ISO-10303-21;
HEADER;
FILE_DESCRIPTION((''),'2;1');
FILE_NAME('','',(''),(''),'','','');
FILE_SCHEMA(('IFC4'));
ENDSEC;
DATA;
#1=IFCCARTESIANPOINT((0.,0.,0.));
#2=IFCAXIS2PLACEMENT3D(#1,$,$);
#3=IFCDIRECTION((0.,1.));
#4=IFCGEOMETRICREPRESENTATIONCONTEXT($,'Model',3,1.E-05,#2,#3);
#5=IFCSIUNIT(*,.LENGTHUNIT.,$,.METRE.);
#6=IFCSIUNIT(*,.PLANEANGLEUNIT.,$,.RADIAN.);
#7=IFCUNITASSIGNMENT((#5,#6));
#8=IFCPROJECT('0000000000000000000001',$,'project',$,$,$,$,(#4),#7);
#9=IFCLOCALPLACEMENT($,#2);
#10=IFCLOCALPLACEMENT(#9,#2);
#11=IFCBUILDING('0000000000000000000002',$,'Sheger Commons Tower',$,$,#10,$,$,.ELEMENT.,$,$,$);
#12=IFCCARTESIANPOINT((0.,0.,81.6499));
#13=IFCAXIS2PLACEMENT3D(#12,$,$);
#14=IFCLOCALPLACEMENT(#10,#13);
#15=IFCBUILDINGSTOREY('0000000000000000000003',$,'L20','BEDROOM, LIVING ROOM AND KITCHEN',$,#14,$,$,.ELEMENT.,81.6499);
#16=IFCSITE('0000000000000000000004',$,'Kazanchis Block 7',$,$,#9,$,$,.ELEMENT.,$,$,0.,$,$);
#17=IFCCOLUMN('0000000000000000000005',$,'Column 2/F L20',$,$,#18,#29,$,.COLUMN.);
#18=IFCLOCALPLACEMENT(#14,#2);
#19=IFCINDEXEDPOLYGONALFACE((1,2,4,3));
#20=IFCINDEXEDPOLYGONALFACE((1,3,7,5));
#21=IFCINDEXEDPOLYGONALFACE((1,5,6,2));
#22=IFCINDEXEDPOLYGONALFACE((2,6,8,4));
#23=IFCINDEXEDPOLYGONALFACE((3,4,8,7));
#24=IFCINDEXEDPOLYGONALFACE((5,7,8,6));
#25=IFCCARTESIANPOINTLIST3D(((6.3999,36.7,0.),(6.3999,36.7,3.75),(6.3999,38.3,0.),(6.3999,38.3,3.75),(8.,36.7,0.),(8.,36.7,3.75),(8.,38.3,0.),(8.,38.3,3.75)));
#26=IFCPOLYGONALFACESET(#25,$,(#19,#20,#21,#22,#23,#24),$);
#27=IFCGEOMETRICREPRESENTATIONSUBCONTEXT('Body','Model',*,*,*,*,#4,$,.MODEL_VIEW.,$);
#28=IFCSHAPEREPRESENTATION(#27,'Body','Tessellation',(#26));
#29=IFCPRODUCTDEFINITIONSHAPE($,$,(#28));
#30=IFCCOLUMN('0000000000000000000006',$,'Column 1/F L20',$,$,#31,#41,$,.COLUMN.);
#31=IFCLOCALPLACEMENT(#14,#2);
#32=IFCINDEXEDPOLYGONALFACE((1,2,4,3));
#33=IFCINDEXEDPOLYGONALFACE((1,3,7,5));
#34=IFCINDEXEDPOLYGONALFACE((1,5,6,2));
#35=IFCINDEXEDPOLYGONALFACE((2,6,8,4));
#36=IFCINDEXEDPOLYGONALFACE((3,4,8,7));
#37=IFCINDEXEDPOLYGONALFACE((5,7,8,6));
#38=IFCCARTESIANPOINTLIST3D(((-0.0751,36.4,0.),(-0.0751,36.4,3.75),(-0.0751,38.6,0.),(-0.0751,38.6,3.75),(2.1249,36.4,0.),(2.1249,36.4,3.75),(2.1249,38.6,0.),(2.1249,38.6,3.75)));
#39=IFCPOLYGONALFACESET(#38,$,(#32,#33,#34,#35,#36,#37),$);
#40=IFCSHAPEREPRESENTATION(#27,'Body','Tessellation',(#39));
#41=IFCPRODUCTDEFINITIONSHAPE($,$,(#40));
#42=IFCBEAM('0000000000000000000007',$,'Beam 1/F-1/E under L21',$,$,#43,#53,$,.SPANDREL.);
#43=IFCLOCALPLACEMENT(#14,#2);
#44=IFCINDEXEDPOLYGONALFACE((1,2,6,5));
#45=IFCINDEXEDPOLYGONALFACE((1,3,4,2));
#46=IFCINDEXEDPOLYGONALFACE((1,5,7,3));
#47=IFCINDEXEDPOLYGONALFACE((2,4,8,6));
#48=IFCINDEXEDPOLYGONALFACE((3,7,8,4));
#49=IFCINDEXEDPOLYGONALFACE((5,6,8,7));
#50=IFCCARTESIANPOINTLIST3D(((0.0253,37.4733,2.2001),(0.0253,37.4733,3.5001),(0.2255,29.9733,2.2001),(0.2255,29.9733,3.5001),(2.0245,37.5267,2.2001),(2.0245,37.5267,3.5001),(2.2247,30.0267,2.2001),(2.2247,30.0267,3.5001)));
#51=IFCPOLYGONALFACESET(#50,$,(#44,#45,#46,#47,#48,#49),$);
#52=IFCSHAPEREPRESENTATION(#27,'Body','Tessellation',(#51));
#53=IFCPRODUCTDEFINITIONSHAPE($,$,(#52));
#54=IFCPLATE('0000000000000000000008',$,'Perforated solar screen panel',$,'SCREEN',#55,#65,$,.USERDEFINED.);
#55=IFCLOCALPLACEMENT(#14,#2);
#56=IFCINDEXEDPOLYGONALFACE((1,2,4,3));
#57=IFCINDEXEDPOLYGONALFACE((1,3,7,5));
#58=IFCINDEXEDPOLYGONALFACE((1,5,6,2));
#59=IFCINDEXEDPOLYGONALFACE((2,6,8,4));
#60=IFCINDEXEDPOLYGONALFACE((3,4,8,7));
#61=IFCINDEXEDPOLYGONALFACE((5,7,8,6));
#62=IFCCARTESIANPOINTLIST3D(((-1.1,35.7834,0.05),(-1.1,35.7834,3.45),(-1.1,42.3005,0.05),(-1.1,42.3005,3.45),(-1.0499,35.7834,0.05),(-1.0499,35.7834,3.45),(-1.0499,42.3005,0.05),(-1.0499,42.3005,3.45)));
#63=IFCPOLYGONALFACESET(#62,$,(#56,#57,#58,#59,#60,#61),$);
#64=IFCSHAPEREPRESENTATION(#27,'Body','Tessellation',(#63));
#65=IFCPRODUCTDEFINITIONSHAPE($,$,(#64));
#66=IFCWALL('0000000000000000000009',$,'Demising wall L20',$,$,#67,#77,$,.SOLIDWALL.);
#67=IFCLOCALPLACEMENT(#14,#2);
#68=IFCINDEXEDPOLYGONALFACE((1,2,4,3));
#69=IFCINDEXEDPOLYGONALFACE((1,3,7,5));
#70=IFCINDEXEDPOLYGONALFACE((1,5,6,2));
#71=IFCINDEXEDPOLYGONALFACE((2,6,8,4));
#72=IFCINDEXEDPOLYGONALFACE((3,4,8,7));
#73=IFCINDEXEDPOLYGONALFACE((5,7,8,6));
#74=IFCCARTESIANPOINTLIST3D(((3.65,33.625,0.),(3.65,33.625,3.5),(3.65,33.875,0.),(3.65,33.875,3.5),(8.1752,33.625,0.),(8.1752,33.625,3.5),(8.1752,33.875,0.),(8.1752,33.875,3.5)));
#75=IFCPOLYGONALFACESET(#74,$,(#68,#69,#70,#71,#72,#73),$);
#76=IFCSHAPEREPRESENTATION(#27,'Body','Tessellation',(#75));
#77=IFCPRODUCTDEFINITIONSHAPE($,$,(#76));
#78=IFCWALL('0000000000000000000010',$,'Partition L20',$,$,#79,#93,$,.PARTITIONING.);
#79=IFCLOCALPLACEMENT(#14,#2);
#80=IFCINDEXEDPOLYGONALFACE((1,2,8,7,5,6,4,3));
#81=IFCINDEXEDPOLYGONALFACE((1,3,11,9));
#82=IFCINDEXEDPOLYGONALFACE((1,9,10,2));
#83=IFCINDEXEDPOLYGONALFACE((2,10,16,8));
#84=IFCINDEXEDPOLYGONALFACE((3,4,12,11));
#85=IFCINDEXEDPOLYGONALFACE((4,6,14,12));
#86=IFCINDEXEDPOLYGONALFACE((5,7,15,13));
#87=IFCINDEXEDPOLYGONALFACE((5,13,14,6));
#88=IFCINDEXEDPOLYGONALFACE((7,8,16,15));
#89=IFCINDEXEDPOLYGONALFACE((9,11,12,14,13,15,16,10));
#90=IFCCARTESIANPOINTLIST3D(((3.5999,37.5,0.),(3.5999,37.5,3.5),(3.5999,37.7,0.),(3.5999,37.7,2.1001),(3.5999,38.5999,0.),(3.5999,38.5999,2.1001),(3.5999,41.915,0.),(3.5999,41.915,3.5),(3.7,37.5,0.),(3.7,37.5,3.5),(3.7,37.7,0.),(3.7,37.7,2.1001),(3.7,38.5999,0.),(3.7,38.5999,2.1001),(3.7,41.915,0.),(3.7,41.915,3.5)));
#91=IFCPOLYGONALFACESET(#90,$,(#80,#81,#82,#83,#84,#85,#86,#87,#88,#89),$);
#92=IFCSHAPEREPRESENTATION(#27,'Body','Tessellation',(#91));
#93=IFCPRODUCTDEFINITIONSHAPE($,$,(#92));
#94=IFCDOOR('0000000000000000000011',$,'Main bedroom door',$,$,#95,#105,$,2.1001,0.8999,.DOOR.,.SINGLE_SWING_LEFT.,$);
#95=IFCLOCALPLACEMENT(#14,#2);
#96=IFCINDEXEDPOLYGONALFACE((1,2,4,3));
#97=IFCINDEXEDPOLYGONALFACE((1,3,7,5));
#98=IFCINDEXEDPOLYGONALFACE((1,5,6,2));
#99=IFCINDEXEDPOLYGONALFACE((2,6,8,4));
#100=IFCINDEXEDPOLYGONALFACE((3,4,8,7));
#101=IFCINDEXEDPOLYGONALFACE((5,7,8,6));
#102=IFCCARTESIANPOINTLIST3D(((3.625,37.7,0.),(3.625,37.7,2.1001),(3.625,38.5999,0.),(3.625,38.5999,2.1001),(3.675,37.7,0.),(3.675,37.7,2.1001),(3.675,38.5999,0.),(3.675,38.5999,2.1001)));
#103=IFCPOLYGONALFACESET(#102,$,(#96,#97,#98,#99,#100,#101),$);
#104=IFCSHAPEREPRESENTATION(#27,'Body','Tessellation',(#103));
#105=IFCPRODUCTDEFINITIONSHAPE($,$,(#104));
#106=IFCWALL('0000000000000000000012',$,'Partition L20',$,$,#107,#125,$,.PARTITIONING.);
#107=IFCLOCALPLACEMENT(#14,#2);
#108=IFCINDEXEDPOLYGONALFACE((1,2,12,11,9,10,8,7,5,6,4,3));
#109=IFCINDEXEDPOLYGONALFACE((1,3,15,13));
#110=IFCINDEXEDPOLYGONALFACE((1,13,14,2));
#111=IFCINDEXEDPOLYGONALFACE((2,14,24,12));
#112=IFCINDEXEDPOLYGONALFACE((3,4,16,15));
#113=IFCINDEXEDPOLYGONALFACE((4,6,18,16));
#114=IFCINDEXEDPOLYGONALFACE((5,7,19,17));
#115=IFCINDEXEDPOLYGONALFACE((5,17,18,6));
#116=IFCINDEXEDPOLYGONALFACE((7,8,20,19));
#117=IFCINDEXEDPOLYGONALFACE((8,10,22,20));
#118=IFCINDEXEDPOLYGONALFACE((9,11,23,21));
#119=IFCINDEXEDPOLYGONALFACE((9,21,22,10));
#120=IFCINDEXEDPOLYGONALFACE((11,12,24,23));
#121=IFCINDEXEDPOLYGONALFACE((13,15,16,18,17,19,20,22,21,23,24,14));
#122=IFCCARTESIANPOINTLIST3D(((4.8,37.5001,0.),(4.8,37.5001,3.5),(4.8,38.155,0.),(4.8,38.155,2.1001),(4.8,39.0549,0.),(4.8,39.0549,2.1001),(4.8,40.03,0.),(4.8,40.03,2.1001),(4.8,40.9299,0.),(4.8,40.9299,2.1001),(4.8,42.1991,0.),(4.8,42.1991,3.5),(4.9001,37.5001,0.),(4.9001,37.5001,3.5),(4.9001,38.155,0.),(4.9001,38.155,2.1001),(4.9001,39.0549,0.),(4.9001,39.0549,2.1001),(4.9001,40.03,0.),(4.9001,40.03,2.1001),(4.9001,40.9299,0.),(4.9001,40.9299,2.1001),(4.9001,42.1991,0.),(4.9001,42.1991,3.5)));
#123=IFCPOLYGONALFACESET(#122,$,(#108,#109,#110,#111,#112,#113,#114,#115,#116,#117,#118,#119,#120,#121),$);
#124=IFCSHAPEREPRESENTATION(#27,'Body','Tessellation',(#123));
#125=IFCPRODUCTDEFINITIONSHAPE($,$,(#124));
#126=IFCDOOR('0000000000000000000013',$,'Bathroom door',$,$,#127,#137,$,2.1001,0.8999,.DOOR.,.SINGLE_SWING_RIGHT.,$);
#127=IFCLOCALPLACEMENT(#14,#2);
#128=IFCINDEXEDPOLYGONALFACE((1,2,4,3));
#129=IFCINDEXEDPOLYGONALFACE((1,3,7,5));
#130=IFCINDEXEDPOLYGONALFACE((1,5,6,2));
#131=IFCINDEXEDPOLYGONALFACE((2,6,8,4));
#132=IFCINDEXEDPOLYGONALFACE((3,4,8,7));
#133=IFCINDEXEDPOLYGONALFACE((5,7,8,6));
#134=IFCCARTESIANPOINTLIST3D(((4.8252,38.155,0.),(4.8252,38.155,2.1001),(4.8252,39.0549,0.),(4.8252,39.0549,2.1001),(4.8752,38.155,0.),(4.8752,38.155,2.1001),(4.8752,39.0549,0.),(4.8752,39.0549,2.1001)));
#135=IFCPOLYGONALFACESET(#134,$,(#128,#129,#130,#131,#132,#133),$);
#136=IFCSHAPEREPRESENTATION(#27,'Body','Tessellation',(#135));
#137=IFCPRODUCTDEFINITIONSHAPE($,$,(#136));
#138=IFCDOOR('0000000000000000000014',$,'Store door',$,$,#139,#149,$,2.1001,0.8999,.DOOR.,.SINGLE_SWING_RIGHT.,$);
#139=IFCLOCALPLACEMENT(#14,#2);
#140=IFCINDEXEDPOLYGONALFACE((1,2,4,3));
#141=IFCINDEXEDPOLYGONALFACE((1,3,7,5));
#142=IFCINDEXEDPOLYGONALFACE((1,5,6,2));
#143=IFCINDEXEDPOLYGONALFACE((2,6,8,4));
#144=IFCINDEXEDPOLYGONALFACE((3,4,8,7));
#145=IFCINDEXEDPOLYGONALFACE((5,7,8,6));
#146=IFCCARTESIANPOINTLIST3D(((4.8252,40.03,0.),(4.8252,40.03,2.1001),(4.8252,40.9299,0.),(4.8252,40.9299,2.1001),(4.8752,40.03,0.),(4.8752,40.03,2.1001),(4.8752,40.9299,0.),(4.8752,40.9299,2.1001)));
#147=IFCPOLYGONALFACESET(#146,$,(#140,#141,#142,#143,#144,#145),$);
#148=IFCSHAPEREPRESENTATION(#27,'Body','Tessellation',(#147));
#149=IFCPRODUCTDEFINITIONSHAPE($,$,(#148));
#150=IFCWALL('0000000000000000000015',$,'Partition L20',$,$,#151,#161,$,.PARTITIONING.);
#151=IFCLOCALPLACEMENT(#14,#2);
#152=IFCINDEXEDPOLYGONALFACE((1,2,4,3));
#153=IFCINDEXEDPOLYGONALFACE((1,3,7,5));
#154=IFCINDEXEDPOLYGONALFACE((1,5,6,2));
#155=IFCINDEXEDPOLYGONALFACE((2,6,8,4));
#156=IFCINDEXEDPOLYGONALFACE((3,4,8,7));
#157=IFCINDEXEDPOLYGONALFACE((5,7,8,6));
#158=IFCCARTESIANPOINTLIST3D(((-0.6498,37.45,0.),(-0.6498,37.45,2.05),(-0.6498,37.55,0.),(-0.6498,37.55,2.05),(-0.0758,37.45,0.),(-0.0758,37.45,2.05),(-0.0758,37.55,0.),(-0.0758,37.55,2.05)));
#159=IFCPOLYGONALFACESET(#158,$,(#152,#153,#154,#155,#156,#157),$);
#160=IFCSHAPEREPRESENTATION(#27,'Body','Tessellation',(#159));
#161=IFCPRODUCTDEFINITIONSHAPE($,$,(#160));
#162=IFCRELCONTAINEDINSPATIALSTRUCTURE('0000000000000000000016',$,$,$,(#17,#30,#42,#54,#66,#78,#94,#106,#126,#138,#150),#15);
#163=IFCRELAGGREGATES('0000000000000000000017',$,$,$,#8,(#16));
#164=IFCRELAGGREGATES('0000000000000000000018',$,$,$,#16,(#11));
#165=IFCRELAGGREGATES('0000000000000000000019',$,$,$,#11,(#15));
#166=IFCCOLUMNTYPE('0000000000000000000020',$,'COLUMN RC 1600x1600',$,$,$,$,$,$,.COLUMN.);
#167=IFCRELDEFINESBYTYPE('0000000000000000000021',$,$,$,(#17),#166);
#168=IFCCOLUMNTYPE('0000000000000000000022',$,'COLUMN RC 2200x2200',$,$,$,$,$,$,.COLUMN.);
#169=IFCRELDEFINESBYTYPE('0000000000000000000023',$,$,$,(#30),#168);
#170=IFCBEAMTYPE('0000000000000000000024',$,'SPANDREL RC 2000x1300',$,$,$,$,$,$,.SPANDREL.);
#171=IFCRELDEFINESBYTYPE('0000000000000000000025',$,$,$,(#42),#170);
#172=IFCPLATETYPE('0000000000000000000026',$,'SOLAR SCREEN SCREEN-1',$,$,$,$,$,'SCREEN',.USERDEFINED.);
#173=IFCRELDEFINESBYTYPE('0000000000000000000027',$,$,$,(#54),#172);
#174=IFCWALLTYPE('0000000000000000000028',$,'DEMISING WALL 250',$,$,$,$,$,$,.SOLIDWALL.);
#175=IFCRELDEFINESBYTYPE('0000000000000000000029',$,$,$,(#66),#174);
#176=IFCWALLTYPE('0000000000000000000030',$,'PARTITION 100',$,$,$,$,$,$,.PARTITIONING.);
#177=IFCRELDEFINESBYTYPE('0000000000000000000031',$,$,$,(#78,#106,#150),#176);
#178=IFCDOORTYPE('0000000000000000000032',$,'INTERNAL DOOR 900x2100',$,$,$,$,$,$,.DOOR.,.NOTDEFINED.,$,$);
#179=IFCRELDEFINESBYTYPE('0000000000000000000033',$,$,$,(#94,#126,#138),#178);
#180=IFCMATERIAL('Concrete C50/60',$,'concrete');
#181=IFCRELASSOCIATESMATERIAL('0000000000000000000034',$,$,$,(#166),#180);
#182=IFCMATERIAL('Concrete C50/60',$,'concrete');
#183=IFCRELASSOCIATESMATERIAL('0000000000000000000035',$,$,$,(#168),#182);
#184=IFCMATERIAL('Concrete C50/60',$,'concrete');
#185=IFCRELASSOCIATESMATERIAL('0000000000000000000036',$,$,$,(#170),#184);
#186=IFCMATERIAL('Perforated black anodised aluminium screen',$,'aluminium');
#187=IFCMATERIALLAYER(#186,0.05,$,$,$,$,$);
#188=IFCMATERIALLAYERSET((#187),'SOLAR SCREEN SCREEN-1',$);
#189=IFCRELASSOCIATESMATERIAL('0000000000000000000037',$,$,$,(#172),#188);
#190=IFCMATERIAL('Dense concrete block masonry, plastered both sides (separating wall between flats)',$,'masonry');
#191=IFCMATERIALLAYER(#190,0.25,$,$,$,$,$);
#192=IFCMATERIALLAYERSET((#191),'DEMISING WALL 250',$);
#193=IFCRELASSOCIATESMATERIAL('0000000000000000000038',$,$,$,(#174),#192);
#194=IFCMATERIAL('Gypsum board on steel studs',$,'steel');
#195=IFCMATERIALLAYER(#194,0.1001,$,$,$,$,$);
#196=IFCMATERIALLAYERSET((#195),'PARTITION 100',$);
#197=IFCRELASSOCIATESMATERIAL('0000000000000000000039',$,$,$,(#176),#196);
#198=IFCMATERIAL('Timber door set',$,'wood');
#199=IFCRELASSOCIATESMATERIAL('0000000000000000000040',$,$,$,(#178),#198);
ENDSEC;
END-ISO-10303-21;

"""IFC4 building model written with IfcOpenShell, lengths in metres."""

from ifc_helpers import new_model, si_unit, direction, frame, frame_2d, origin, origin_2d, place, context, subcontext, project, spatial, rectangle, extrude, material, layer, layer_set, material_profile, profile_set, type_object, element, fill, save


model = new_model("IFC4")

# Units and contexts
model_context = context("Model", 3, precision=1e-05, world=origin(), true_north=direction((0.0, 1.0)))
body_context = subcontext(model_context, "Body", "Model", "MODEL_VIEW")
ifc_project = project(units=[si_unit("LENGTHUNIT", "METRE"), si_unit("PLANEANGLEUNIT", "RADIAN")], contexts=[model_context])

# Site, building, storey
site_placement = place(None, origin())
site = spatial("IfcSite", under=ifc_project, at=site_placement, Name="Kazanchis Block 7", CompositionType="ELEMENT", RefElevation=0.0)
building_placement = place(site_placement, origin())
building = spatial("IfcBuilding", under=site, at=building_placement, Name="Sheger Commons Tower", CompositionType="ELEMENT")
storey_placement = place(building_placement, frame((0.0, 0.0, 81.6499)))
storey = spatial("IfcBuildingStorey", under=building, at=storey_placement, Name="L20", Description="BEDROOM, LIVING ROOM AND KITCHEN", CompositionType="ELEMENT", Elevation=81.6499)

# Columns
ifc_material_1 = material(Name="Concrete C50/60", Category="concrete")
ifc_material_profile_1 = material_profile(ifc_material_1, rectangle(XDim=1.6001, YDim=1.6001, at=origin_2d()), Name="RC 1600x1600")
ifc_profile_set_1 = profile_set([ifc_material_profile_1], Name="Concrete C50/60")
column_type_1 = type_object("IfcColumnType", Name="COLUMN RC 1600x1600", PredefinedType="COLUMN", material=ifc_profile_set_1)
column_1_placement = place(storey_placement, frame((7.2, 37.5, 0.0), z_axis=(0.0, 0.0, 1.0), x_axis=(1.0, 0.0, 0.0)))
element("IfcColumn", 1, at=column_1_placement, inside=storey, type_object=column_type_1, Name="Column 2/F L20", PredefinedType="COLUMN", context=body_context, shape_type="SweptSolid", body=[
    extrude(rectangle(XDim=1.6001, YDim=1.6001, at=origin_2d()), origin(), (0.0, 0.0, 1.0), 3.75),
])
ifc_material_2 = material(Name="Concrete C50/60", Category="concrete")
ifc_material_profile_2 = material_profile(ifc_material_2, rectangle(XDim=2.2, YDim=2.2, at=origin_2d()), Name="RC 2200x2200")
ifc_profile_set_2 = profile_set([ifc_material_profile_2], Name="Concrete C50/60")
column_type_2 = type_object("IfcColumnType", Name="COLUMN RC 2200x2200", PredefinedType="COLUMN", material=ifc_profile_set_2)
column_2_placement = place(storey_placement, frame((1.0249, 37.5, 0.0), z_axis=(0.0, 0.0, 1.0), x_axis=(1.0, 0.0, 0.0)))
element("IfcColumn", 2, at=column_2_placement, inside=storey, type_object=column_type_2, Name="Column 1/F L20", PredefinedType="COLUMN", context=body_context, shape_type="SweptSolid", body=[
    extrude(rectangle(XDim=2.2, YDim=2.2, at=origin_2d()), origin(), (0.0, 0.0, 1.0), 3.75),
])

# Beam
ifc_material_3 = material(Name="Concrete C50/60", Category="concrete")
ifc_material_profile_3 = material_profile(ifc_material_3, rectangle(XDim=2.0, YDim=1.3, at=origin_2d()), Name="RC 2000x1300")
ifc_profile_set_3 = profile_set([ifc_material_profile_3], Name="Concrete C50/60")
beam_type = type_object("IfcBeamType", Name="SPANDREL RC 2000x1300", PredefinedType="SPANDREL", material=ifc_profile_set_3)
beam_placement = place(storey_placement, frame((1.0249, 37.5, 2.8501), z_axis=(0.026683, -0.999644, 0.0), x_axis=(0.999644, 0.026683, 0.0)))
element("IfcBeam", 3, at=beam_placement, inside=storey, type_object=beam_type, Name="Beam 1/F-1/E under L21", PredefinedType="SPANDREL", context=body_context, shape_type="SweptSolid", body=[
    extrude(rectangle(XDim=2.0, YDim=1.3, at=origin_2d()), origin(), (0.0, 0.0, 1.0), 7.5027),
])

# Plate
ifc_material_4 = material(Name="Perforated black anodised aluminium screen", Category="aluminium")
ifc_layer_1 = layer(ifc_material_4, 0.05)
ifc_layer_set_1 = layer_set([ifc_layer_1], Name="SOLAR SCREEN SCREEN-1")
plate_type = type_object("IfcPlateType", Name="SOLAR SCREEN SCREEN-1", ElementType="SCREEN", PredefinedType="USERDEFINED", material=ifc_layer_set_1)
plate_placement = place(storey_placement, frame((-1.075, 39.042, 0.05), z_axis=(0.0, 0.0, 1.0), x_axis=(0.0, -1.0, 0.0)))
element("IfcPlate", 4, at=plate_placement, inside=storey, type_object=plate_type, Name="Perforated solar screen panel", ObjectType="SCREEN", PredefinedType="USERDEFINED", context=body_context, shape_type="SweptSolid", body=[
    extrude(rectangle(XDim=6.5171, YDim=0.05, at=origin_2d()), origin(), (0.0, 0.0, 1.0), 3.3999),
])

# Wall
ifc_material_5 = material(Name="Dense concrete block masonry, plastered both sides (separating wall between flats)", Category="masonry")
ifc_layer_2 = layer(ifc_material_5, 0.25)
ifc_layer_set_2 = layer_set([ifc_layer_2], Name="DEMISING WALL 250")
wall_type_1 = type_object("IfcWallType", Name="DEMISING WALL 250", PredefinedType="SOLIDWALL", material=ifc_layer_set_2)
wall_1_placement = place(storey_placement, frame((3.6499, 33.75, 0.0), z_axis=(0.0, 0.0, 1.0), x_axis=(1.0, 0.0, 0.0)))
element("IfcWall", 5, at=wall_1_placement, inside=storey, type_object=wall_type_1, Name="Demising wall L20", PredefinedType="SOLIDWALL", context=body_context, shape_type="SweptSolid", body=[
    extrude(rectangle(XDim=4.5251, YDim=0.25, at=frame_2d((2.2627, 0.0))), origin(), (0.0, 0.0, 1.0), 3.5),
])

# Wall, opening, door
ifc_material_6 = material(Name="Gypsum board on steel studs", Category="steel")
ifc_layer_3 = layer(ifc_material_6, 0.1001)
ifc_layer_set_3 = layer_set([ifc_layer_3], Name="PARTITION 100")
wall_type_2 = type_object("IfcWallType", Name="PARTITION 100", PredefinedType="PARTITIONING", material=ifc_layer_set_3)
wall_2_placement = place(storey_placement, frame((3.6499, 37.5, 0.0), z_axis=(0.0, 0.0, 1.0), x_axis=(0.0, 1.0, 0.0)))
wall_2 = element("IfcWall", 6, at=wall_2_placement, inside=storey, type_object=wall_type_2, Name="Partition L20", PredefinedType="PARTITIONING", context=body_context, shape_type="SweptSolid", body=[
    extrude(rectangle(XDim=4.415, YDim=0.1001, at=frame_2d((2.2075, 0.0))), origin(), (0.0, 0.0, 1.0), 3.5),
])
opening_1_placement = place(wall_2_placement, frame((0.2, 0.0, 0.0)))
opening_1 = element("IfcOpeningElement", 7, at=opening_1_placement, cuts=wall_2, PredefinedType="OPENING", context=body_context, shape_type="SweptSolid", body=[
    extrude(rectangle(XDim=0.8999, YDim=2.1001, at=frame_2d((0.45, 1.05))), frame((0.0, 0.0601, 0.0), z_axis=(0.0, -1.0, 0.0), x_axis=(1.0, 0.0, 0.0)), (0.0, 0.0, 1.0), 0.1201),
])
ifc_material_7 = material(Name="Timber door set", Category="wood")
door_type = type_object("IfcDoorType", Name="INTERNAL DOOR 900x2100", OperationType="NOTDEFINED", PredefinedType="DOOR", material=ifc_material_7)
door_1_placement = place(opening_1_placement, origin())
door_1 = element("IfcDoor", 8, at=door_1_placement, inside=storey, type_object=door_type, Name="Main bedroom door", OperationType="SINGLE_SWING_LEFT", OverallHeight=2.1001, OverallWidth=0.8999, PredefinedType="DOOR", context=body_context, shape_type="SweptSolid", body=[
    extrude(rectangle(XDim=0.8999, YDim=2.1001, at=frame_2d((0.45, 1.05))), frame((0.0, 0.0249, 0.0), z_axis=(0.0, -1.0, 0.0), x_axis=(1.0, 0.0, 0.0)), (0.0, 0.0, 1.0), 0.05),
])
fill(opening_1, door_1)

# Wall, openings, doors
wall_3_placement = place(storey_placement, frame((4.8501, 37.5, 0.0), z_axis=(0.0, 0.0, 1.0), x_axis=(0.0, 1.0, 0.0)))
wall_3 = element("IfcWall", 9, at=wall_3_placement, inside=storey, type_object=wall_type_2, Name="Partition L20", PredefinedType="PARTITIONING", context=body_context, shape_type="SweptSolid", body=[
    extrude(rectangle(XDim=4.699, YDim=0.1001, at=frame_2d((2.3496, 0.0))), origin(), (0.0, 0.0, 1.0), 3.5),
])
opening_2_placement = place(wall_3_placement, frame((0.655, 0.0, 0.0)))
opening_2 = element("IfcOpeningElement", 10, at=opening_2_placement, cuts=wall_3, PredefinedType="OPENING", context=body_context, shape_type="SweptSolid", body=[
    extrude(rectangle(XDim=0.8999, YDim=2.1001, at=frame_2d((0.45, 1.05))), frame((0.0, 0.0601, 0.0), z_axis=(0.0, -1.0, 0.0), x_axis=(1.0, 0.0, 0.0)), (0.0, 0.0, 1.0), 0.1201),
])
opening_3_placement = place(wall_3_placement, frame((2.53, 0.0, 0.0)))
opening_3 = element("IfcOpeningElement", 11, at=opening_3_placement, cuts=wall_3, PredefinedType="OPENING", context=body_context, shape_type="SweptSolid", body=[
    extrude(rectangle(XDim=0.8999, YDim=2.1001, at=frame_2d((0.45, 1.05))), frame((0.0, 0.0601, 0.0), z_axis=(0.0, -1.0, 0.0), x_axis=(1.0, 0.0, 0.0)), (0.0, 0.0, 1.0), 0.1201),
])
door_2_placement = place(opening_2_placement, origin())
door_2 = element("IfcDoor", 12, at=door_2_placement, inside=storey, type_object=door_type, Name="Bathroom door", OperationType="SINGLE_SWING_RIGHT", OverallHeight=2.1001, OverallWidth=0.8999, PredefinedType="DOOR", context=body_context, shape_type="SweptSolid", body=[
    extrude(rectangle(XDim=0.8999, YDim=2.1001, at=frame_2d((0.45, 1.05))), frame((0.0, 0.0249, 0.0), z_axis=(0.0, -1.0, 0.0), x_axis=(1.0, 0.0, 0.0)), (0.0, 0.0, 1.0), 0.05),
])
fill(opening_2, door_2)
door_3_placement = place(opening_3_placement, origin())
door_3 = element("IfcDoor", 13, at=door_3_placement, inside=storey, type_object=door_type, Name="Store door", OperationType="SINGLE_SWING_RIGHT", OverallHeight=2.1001, OverallWidth=0.8999, PredefinedType="DOOR", context=body_context, shape_type="SweptSolid", body=[
    extrude(rectangle(XDim=0.8999, YDim=2.1001, at=frame_2d((0.45, 1.05))), frame((0.0, 0.0249, 0.0), z_axis=(0.0, -1.0, 0.0), x_axis=(1.0, 0.0, 0.0)), (0.0, 0.0, 1.0), 0.05),
])
fill(opening_3, door_3)

# Wall
wall_4_placement = place(storey_placement, frame((-0.6499, 37.5, 0.0), z_axis=(0.0, 0.0, 1.0), x_axis=(1.0, 0.0, 0.0)))
element("IfcWall", 14, at=wall_4_placement, inside=storey, type_object=wall_type_2, Name="Partition L20", PredefinedType="PARTITIONING", context=body_context, shape_type="SweptSolid", body=[
    extrude(rectangle(XDim=0.574, YDim=0.1001, at=frame_2d((0.2871, 0.0))), origin(), (0.0, 0.0, 1.0), 2.05),
])

save(model, "model.ifc")
